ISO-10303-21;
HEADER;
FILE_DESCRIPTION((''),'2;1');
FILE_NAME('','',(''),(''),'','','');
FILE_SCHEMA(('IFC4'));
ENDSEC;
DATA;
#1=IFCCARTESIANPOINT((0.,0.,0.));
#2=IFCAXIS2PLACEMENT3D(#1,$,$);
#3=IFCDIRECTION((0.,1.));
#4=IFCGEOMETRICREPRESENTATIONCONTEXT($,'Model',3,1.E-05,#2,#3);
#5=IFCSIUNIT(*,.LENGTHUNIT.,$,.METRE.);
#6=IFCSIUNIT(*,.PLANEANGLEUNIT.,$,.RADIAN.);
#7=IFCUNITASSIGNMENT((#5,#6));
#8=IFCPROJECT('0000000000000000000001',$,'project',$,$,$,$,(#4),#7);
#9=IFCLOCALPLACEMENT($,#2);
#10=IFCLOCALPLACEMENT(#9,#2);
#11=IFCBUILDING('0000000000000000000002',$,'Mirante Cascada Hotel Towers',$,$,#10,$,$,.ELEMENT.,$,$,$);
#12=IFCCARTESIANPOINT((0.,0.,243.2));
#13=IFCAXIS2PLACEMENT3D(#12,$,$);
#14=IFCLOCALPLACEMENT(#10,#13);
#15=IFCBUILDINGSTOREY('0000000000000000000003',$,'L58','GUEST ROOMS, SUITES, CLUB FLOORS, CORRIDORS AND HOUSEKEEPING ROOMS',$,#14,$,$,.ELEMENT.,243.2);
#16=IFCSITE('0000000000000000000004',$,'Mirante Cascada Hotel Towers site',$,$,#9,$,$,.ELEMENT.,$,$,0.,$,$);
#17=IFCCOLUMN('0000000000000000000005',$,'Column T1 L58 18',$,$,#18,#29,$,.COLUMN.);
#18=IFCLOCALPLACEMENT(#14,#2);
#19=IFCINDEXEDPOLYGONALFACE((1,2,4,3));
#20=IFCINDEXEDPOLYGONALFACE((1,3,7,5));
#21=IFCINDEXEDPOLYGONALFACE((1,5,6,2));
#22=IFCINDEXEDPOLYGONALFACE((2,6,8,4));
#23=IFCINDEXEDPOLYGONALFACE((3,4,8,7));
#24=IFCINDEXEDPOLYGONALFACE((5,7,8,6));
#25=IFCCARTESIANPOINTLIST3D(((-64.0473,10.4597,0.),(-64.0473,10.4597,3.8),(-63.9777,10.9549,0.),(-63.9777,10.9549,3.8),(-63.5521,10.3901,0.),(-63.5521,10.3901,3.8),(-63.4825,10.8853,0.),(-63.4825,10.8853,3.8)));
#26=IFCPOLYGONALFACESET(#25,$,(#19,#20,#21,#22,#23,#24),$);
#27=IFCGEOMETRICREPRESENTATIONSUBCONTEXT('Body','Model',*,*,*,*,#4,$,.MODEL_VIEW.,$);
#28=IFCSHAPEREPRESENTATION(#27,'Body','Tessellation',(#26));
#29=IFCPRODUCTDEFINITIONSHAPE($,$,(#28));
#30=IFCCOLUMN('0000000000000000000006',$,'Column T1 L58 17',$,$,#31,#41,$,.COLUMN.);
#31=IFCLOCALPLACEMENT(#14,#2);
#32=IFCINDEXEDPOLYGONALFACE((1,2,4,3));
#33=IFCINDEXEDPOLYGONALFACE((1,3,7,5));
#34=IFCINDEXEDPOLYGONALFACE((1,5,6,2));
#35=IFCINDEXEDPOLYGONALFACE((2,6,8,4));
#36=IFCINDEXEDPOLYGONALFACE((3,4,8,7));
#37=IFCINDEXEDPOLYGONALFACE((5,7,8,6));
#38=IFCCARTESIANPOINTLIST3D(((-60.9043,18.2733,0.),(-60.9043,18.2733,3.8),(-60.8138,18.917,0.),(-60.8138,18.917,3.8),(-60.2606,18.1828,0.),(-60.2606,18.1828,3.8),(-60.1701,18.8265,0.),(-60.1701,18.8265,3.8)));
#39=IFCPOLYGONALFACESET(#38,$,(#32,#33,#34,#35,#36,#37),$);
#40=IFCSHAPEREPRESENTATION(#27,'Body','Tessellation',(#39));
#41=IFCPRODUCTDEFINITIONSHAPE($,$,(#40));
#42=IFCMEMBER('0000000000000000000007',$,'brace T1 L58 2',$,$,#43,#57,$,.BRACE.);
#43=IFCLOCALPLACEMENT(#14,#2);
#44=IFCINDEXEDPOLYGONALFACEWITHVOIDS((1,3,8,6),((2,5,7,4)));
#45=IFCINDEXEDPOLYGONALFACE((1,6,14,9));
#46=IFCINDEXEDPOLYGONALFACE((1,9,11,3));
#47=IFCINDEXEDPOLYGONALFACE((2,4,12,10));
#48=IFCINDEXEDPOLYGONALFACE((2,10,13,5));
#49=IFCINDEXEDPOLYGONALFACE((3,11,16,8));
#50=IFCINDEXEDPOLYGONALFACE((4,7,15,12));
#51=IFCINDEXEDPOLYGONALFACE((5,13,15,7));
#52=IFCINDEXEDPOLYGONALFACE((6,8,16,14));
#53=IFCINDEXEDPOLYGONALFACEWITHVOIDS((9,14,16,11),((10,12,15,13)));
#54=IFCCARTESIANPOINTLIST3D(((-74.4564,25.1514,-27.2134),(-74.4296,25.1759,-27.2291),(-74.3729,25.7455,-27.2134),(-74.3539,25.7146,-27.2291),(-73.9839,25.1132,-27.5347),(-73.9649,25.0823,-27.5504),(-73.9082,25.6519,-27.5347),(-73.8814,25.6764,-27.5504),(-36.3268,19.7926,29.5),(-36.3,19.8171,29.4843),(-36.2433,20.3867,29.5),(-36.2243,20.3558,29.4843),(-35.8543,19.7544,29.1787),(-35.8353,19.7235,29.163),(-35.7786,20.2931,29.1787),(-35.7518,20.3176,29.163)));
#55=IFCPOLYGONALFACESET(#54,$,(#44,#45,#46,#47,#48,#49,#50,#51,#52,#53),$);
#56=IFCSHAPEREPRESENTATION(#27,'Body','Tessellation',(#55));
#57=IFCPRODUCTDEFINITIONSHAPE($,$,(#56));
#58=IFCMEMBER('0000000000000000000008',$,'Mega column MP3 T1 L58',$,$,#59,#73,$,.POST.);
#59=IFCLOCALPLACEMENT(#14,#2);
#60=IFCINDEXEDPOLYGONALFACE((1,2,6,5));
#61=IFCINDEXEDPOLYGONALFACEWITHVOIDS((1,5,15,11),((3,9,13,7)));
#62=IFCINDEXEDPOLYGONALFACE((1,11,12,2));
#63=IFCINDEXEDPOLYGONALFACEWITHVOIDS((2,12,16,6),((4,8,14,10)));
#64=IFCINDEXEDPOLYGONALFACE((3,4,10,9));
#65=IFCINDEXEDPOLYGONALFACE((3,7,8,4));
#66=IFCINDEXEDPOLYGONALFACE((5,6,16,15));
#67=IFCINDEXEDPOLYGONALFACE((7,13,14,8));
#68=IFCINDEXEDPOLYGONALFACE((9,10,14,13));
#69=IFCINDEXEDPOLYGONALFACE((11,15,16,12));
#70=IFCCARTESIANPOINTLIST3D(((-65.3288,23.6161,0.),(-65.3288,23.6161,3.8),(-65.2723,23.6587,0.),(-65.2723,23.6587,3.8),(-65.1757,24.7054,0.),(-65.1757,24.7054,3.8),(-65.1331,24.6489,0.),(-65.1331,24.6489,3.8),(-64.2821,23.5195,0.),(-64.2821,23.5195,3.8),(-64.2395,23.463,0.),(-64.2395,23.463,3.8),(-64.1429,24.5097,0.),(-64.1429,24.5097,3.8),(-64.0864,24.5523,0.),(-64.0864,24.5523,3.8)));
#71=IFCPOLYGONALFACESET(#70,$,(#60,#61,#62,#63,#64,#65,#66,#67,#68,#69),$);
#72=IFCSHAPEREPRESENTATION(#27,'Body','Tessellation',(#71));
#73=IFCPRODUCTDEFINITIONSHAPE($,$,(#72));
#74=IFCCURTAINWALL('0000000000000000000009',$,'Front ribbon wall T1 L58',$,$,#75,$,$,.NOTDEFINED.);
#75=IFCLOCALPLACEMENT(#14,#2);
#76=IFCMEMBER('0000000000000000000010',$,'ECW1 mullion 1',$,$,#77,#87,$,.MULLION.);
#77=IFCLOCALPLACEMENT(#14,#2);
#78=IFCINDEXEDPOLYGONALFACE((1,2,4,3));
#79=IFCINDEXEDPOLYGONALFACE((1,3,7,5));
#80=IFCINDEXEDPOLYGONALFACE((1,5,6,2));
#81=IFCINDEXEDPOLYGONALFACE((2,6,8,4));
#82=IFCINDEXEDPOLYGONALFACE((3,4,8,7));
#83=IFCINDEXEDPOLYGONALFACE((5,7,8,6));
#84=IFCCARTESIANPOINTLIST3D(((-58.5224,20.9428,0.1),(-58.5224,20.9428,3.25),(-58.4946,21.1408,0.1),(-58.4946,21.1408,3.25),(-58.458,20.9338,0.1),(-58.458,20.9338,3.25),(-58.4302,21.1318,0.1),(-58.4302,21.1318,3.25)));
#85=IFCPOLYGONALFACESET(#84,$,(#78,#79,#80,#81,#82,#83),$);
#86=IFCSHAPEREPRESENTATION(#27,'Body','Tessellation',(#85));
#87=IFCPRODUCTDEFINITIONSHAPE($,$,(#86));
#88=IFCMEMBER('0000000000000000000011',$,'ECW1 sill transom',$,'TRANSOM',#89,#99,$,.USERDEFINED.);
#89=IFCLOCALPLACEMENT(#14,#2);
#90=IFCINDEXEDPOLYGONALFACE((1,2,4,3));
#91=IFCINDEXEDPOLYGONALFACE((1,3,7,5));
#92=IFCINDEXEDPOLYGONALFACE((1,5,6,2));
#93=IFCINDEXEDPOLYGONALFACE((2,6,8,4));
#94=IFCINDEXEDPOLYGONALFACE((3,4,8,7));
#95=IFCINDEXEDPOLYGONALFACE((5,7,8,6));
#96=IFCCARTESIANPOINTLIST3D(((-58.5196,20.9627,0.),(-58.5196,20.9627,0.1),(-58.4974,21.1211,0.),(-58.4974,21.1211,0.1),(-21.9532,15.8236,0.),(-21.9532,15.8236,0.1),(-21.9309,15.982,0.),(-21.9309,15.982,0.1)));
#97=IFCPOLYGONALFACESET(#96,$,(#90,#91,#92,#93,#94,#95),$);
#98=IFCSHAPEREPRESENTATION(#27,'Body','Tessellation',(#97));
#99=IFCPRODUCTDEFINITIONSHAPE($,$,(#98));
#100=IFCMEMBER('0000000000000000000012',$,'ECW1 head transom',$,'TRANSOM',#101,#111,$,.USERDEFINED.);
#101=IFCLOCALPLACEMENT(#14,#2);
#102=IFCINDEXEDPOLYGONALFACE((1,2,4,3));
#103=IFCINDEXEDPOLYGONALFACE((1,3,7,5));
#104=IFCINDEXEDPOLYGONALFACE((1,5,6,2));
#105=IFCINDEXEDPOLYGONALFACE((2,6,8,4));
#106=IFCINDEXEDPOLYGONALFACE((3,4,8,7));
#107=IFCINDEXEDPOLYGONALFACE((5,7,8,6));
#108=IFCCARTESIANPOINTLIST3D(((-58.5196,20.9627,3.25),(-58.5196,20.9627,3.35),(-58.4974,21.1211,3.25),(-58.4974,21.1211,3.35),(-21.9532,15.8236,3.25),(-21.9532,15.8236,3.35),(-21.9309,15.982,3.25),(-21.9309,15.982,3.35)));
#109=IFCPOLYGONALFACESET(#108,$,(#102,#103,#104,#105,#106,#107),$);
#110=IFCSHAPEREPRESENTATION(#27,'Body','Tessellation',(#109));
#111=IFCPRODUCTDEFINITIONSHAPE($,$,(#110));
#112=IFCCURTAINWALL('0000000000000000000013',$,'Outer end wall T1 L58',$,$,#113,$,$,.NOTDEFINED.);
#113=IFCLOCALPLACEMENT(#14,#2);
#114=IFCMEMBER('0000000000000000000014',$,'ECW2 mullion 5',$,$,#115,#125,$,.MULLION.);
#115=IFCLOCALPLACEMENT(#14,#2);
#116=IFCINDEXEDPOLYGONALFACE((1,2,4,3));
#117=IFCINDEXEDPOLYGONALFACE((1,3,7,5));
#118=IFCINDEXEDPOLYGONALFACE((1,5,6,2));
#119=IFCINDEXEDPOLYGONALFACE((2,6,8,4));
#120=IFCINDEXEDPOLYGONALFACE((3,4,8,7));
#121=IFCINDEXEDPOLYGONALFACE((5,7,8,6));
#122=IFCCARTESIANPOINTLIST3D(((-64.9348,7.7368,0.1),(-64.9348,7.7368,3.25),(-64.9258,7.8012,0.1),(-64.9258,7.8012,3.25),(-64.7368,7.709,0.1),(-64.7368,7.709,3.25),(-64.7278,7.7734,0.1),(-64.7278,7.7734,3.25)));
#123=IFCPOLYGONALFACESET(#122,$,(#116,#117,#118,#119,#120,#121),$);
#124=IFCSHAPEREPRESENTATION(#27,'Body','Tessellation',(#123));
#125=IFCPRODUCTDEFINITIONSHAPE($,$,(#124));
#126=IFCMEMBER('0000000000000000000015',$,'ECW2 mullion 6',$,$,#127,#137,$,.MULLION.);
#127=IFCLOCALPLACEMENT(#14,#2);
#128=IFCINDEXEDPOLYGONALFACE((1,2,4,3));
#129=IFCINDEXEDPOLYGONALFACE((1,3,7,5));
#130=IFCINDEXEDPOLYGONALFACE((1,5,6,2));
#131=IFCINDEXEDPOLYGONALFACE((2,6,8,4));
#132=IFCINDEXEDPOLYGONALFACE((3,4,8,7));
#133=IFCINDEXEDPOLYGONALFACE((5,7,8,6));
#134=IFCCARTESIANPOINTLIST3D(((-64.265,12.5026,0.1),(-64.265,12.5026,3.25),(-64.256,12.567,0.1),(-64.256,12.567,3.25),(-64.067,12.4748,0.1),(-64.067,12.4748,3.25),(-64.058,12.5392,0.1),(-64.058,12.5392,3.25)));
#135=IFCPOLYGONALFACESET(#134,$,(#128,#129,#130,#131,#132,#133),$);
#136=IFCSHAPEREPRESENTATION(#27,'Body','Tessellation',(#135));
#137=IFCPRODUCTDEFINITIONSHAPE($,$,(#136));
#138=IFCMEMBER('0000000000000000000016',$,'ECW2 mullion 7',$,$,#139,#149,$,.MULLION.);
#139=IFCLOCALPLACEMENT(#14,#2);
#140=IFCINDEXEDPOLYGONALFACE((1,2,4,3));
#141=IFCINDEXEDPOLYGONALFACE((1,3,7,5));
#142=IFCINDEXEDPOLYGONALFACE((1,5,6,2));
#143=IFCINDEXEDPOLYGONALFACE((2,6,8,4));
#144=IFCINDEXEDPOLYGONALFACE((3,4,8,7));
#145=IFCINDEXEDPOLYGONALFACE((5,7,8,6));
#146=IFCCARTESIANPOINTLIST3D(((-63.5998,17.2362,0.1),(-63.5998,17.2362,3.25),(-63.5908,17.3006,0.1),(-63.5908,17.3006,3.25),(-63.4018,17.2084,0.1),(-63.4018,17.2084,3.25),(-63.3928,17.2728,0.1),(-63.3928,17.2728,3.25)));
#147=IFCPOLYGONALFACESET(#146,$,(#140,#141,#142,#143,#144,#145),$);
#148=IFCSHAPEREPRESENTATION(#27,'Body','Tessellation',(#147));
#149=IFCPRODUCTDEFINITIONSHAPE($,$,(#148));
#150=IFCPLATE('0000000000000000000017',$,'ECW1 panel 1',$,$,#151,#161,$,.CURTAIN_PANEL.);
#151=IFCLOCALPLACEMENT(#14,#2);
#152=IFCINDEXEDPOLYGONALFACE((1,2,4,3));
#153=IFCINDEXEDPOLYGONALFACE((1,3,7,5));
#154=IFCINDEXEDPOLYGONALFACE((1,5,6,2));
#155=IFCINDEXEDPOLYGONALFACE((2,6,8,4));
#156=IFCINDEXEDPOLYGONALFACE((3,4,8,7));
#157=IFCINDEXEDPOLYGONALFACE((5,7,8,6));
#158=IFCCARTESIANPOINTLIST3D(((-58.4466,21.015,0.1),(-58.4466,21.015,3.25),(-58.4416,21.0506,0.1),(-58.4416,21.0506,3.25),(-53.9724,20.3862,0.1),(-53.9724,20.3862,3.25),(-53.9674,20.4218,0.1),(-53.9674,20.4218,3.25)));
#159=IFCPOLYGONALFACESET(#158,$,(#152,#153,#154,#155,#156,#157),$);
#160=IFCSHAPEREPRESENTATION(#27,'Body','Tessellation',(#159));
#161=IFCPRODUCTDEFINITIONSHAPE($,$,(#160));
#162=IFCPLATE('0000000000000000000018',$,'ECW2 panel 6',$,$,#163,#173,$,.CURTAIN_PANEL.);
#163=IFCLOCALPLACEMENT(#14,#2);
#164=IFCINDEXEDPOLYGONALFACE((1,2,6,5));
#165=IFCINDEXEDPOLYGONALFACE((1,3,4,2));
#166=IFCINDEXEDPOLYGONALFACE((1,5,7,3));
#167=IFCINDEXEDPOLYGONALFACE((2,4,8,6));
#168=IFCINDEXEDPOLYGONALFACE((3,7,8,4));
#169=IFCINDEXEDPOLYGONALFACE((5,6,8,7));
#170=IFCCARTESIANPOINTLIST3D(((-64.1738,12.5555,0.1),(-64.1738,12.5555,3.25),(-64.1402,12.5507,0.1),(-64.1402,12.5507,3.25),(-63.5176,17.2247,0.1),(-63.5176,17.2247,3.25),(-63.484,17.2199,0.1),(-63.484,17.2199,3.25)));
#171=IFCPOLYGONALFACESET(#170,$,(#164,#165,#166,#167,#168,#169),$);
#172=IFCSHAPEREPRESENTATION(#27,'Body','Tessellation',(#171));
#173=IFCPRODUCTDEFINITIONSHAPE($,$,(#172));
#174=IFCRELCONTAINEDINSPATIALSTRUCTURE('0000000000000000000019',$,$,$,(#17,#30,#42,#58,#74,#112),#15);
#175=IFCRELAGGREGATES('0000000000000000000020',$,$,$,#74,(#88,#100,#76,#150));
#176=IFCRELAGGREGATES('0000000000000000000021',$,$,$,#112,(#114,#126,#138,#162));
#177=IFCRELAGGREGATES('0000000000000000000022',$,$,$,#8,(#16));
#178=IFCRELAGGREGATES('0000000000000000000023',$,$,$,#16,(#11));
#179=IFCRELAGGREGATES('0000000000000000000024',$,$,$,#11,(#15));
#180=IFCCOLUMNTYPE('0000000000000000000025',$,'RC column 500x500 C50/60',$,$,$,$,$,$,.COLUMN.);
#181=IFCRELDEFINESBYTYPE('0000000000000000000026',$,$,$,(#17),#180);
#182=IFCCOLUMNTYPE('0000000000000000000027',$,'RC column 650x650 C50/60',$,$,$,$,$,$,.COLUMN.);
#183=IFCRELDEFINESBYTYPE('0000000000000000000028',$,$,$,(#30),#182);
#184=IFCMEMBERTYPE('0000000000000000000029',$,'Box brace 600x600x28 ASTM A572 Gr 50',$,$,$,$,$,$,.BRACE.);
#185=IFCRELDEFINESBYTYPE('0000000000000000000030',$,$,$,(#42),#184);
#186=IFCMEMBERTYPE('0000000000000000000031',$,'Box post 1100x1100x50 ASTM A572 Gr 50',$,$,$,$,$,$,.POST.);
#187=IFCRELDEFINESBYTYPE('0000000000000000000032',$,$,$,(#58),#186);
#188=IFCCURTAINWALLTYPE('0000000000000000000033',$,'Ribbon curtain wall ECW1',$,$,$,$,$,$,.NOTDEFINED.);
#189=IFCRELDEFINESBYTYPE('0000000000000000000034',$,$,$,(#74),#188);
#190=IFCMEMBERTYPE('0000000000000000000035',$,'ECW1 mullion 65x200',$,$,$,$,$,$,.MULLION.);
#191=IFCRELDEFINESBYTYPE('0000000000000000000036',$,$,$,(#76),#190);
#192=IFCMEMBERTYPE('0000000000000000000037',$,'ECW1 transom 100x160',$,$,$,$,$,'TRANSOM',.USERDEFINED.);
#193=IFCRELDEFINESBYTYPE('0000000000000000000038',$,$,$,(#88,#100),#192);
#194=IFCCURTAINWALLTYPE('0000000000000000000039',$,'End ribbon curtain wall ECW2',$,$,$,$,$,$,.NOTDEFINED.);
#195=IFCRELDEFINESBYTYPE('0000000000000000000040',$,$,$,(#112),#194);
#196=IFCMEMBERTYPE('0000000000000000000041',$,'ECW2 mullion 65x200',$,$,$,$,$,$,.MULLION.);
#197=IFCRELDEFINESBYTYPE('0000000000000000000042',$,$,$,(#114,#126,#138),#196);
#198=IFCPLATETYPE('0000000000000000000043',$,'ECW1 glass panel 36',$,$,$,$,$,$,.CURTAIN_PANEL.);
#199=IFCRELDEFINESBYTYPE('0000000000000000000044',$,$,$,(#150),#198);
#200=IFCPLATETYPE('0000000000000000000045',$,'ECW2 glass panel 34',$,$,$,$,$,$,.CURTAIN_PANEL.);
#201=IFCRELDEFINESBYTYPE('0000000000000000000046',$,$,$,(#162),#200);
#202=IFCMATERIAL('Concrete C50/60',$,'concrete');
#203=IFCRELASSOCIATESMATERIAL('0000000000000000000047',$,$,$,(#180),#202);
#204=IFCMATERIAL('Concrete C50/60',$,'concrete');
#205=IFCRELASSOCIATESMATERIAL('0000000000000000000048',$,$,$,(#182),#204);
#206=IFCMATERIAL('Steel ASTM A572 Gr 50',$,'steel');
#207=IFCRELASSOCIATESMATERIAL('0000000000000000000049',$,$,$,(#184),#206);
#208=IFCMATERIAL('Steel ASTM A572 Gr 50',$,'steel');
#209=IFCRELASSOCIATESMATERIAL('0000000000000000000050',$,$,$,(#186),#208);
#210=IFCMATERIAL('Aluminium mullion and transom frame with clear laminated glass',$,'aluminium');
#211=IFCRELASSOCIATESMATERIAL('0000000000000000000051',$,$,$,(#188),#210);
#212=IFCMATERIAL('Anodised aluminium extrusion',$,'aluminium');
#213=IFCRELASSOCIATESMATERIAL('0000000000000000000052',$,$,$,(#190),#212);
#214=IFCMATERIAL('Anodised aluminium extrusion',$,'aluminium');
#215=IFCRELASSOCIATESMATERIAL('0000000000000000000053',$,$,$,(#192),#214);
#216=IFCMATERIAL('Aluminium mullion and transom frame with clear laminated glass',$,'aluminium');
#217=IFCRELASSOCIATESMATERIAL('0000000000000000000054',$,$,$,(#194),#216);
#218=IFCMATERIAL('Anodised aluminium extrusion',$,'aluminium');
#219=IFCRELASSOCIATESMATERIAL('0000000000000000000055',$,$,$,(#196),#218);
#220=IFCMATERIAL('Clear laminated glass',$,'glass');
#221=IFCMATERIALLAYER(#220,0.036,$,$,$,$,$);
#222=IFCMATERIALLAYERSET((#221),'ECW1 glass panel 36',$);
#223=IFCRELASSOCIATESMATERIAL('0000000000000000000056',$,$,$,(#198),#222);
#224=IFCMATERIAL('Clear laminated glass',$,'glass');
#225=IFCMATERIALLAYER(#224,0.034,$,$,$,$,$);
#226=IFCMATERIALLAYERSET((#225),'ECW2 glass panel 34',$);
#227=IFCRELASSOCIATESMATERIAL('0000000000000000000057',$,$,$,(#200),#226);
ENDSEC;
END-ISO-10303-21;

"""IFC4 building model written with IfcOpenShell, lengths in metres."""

from ifc_helpers import new_model, si_unit, direction, frame, origin, origin_2d, place, context, subcontext, project, spatial, rectangle, hollow_rectangle, extrude, material, layer, layer_set, material_profile, profile_set, type_object, element, aggregate, save


model = new_model("IFC4")

# Units and contexts
model_context = context("Model", 3, precision=1e-05, world=origin(), true_north=direction((0.0, 1.0)))
body_context = subcontext(model_context, "Body", "Model", "MODEL_VIEW")
ifc_project = project(units=[si_unit("LENGTHUNIT", "METRE"), si_unit("PLANEANGLEUNIT", "RADIAN")], contexts=[model_context])

# Site, building, storey
site_placement = place(None, origin())
site = spatial("IfcSite", under=ifc_project, at=site_placement, Name="Mirante Cascada Hotel Towers site", CompositionType="ELEMENT", RefElevation=0.0)
building_placement = place(site_placement, origin())
building = spatial("IfcBuilding", under=site, at=building_placement, Name="Mirante Cascada Hotel Towers", CompositionType="ELEMENT")
storey_placement = place(building_placement, frame((0.0, 0.0, 243.2)))
storey = spatial("IfcBuildingStorey", under=building, at=storey_placement, Name="L58", Description="GUEST ROOMS, SUITES, CLUB FLOORS, CORRIDORS AND HOUSEKEEPING ROOMS", CompositionType="ELEMENT", Elevation=243.2)

# Columns
ifc_material_1 = material(Name="Concrete C50/60", Category="concrete")
ifc_material_profile_1 = material_profile(ifc_material_1, rectangle(XDim=0.5, YDim=0.5, at=origin_2d()), Name="RC column 500x500 C50/60")
ifc_profile_set_1 = profile_set([ifc_material_profile_1], Name="Concrete C50/60")
column_type_1 = type_object("IfcColumnType", Name="RC column 500x500 C50/60", PredefinedType="COLUMN", material=ifc_profile_set_1)
column_1_placement = place(storey_placement, frame((-63.7649, 10.6725, 0.0), z_axis=(0.0, 0.0, 1.0), x_axis=(-0.990268, 0.139173, 0.0)))
element("IfcColumn", 1, at=column_1_placement, inside=storey, type_object=column_type_1, Name="Column T1 L58 18", PredefinedType="COLUMN", context=body_context, shape_type="SweptSolid", body=[
    extrude(rectangle(XDim=0.5, YDim=0.5, at=origin_2d()), origin(), (0.0, 0.0, 1.0), 3.8),
])
ifc_material_2 = material(Name="Concrete C50/60", Category="concrete")
ifc_material_profile_2 = material_profile(ifc_material_2, rectangle(XDim=0.65, YDim=0.65, at=origin_2d()), Name="RC column 650x650 C50/60")
ifc_profile_set_2 = profile_set([ifc_material_profile_2], Name="Concrete C50/60")
column_type_2 = type_object("IfcColumnType", Name="RC column 650x650 C50/60", PredefinedType="COLUMN", material=ifc_profile_set_2)
column_2_placement = place(storey_placement, frame((-60.5372, 18.5499, 0.0), z_axis=(0.0, 0.0, 1.0), x_axis=(-0.990268, 0.139173, 0.0)))
element("IfcColumn", 2, at=column_2_placement, inside=storey, type_object=column_type_2, Name="Column T1 L58 17", PredefinedType="COLUMN", context=body_context, shape_type="SweptSolid", body=[
    extrude(rectangle(XDim=0.65, YDim=0.65, at=origin_2d()), origin(), (0.0, 0.0, 1.0), 3.8),
])

# Members
ifc_material_3 = material(Name="Steel ASTM A572 Gr 50", Category="steel")
ifc_material_profile_3 = material_profile(ifc_material_3, hollow_rectangle(XDim=0.6, YDim=0.6, WallThickness=0.028, at=origin_2d()), Name="Box brace 600x600x28 ASTM A572 Gr 50")
ifc_profile_set_3 = profile_set([ifc_material_profile_3], Name="Steel ASTM A572 Gr 50")
member_type_1 = type_object("IfcMemberType", Name="Box brace 600x600x28 ASTM A572 Gr 50", PredefinedType="BRACE", material=ifc_profile_set_3)
member_1_placement = place(storey_placement, frame((-74.1689, 25.4139, -27.3819), z_axis=(0.556237, -0.078174, 0.827339), x_axis=(0.139174, 0.990268, 0.0)))
element("IfcMember", 3, at=member_1_placement, inside=storey, type_object=member_type_1, Name="brace T1 L58 2", PredefinedType="BRACE", context=body_context, shape_type="SweptSolid", body=[
    extrude(hollow_rectangle(XDim=0.6, YDim=0.6, WallThickness=0.028, at=origin_2d()), origin(), (0.0, 0.0, 1.0), 68.5492),
])
ifc_material_4 = material(Name="Steel ASTM A572 Gr 50", Category="steel")
ifc_material_profile_4 = material_profile(ifc_material_4, hollow_rectangle(XDim=1.1, YDim=1.1, WallThickness=0.05, at=origin_2d()), Name="Box post 1100x1100x50 ASTM A572 Gr 50")
ifc_profile_set_4 = profile_set([ifc_material_profile_4], Name="Steel ASTM A572 Gr 50")
member_type_2 = type_object("IfcMemberType", Name="Box post 1100x1100x50 ASTM A572 Gr 50", PredefinedType="POST", material=ifc_profile_set_4)
member_2_placement = place(storey_placement, frame((-64.7076, 24.0842, 0.0), z_axis=(0.0, 0.0, 1.0), x_axis=(-0.990268, 0.139173, 0.0)))
element("IfcMember", 4, at=member_2_placement, inside=storey, type_object=member_type_2, Name="Mega column MP3 T1 L58", PredefinedType="POST", context=body_context, shape_type="SweptSolid", body=[
    extrude(hollow_rectangle(XDim=1.1, YDim=1.1, WallThickness=0.05, at=origin_2d()), origin(), (0.0, 0.0, 1.0), 3.8),
])

# Curtain walls, members
ifc_material_5 = material(Name="Aluminium mullion and transom frame with clear laminated glass", Category="aluminium")
curtain_wall_type_1 = type_object("IfcCurtainWallType", Name="Ribbon curtain wall ECW1", PredefinedType="NOTDEFINED", material=ifc_material_5)
curtain_wall_1_placement = place(storey_placement, origin())
curtain_wall_1 = element("IfcCurtainWall", 5, at=curtain_wall_1_placement, inside=storey, type_object=curtain_wall_type_1, Name="Front ribbon wall T1 L58", PredefinedType="NOTDEFINED")
ifc_material_6 = material(Name="Anodised aluminium extrusion", Category="aluminium")
ifc_material_profile_5 = material_profile(ifc_material_6, rectangle(XDim=0.2, YDim=0.065, at=origin_2d()), Name="ECW1 MULLION 65x200")
ifc_profile_set_5 = profile_set([ifc_material_profile_5], Name="Anodised aluminium extrusion")
member_type_3 = type_object("IfcMemberType", Name="ECW1 mullion 65x200", PredefinedType="MULLION", material=ifc_profile_set_5)
member_3_placement = place(storey_placement, frame((-58.4763, 21.0373, 0.1), z_axis=(0.0, 0.0, 1.0), x_axis=(0.139173, 0.990268, 0.0)))
member_3 = element("IfcMember", 6, at=member_3_placement, type_object=member_type_3, Name="ECW1 mullion 1", PredefinedType="MULLION", context=body_context, shape_type="SweptSolid", body=[
    extrude(rectangle(XDim=0.2, YDim=0.065, at=origin_2d()), origin(), (0.0, 0.0, 1.0), 3.15),
])
ifc_material_7 = material(Name="Anodised aluminium extrusion", Category="aluminium")
ifc_material_profile_6 = material_profile(ifc_material_7, rectangle(XDim=0.16, YDim=0.1, at=origin_2d()), Name="ECW1 TRANSOM 100x160")
ifc_profile_set_6 = profile_set([ifc_material_profile_6], Name="Anodised aluminium extrusion")
member_type_4 = type_object("IfcMemberType", Name="ECW1 transom 100x160", ElementType="TRANSOM", PredefinedType="USERDEFINED", material=ifc_profile_set_6)
member_4_placement = place(storey_placement, frame((-58.5085, 21.0419, 0.05), z_axis=(0.990268, -0.139174, 0.0), x_axis=(0.139174, 0.990268, 0.0)))
member_4 = element("IfcMember", 7, at=member_4_placement, type_object=member_type_4, Name="ECW1 sill transom", ObjectType="TRANSOM", PredefinedType="USERDEFINED", context=body_context, shape_type="SweptSolid", body=[
    extrude(rectangle(XDim=0.16, YDim=0.1, at=origin_2d()), origin(), (0.0, 0.0, 1.0), 36.9258),
])
member_5_placement = place(storey_placement, frame((-58.5085, 21.0419, 3.3), z_axis=(0.990268, -0.139174, 0.0), x_axis=(0.139174, 0.990268, 0.0)))
member_5 = element("IfcMember", 8, at=member_5_placement, type_object=member_type_4, Name="ECW1 head transom", ObjectType="TRANSOM", PredefinedType="USERDEFINED", context=body_context, shape_type="SweptSolid", body=[
    extrude(rectangle(XDim=0.16, YDim=0.1, at=origin_2d()), origin(), (0.0, 0.0, 1.0), 36.9258),
])
ifc_material_8 = material(Name="Aluminium mullion and transom frame with clear laminated glass", Category="aluminium")
curtain_wall_type_2 = type_object("IfcCurtainWallType", Name="End ribbon curtain wall ECW2", PredefinedType="NOTDEFINED", material=ifc_material_8)
curtain_wall_2_placement = place(storey_placement, origin())
curtain_wall_2 = element("IfcCurtainWall", 9, at=curtain_wall_2_placement, inside=storey, type_object=curtain_wall_type_2, Name="Outer end wall T1 L58", PredefinedType="NOTDEFINED")
ifc_material_9 = material(Name="Anodised aluminium extrusion", Category="aluminium")
ifc_material_profile_7 = material_profile(ifc_material_9, rectangle(XDim=0.2, YDim=0.065, at=origin_2d()), Name="ECW2 MULLION 65x200")
ifc_profile_set_7 = profile_set([ifc_material_profile_7], Name="Anodised aluminium extrusion")
member_type_5 = type_object("IfcMemberType", Name="ECW2 mullion 65x200", PredefinedType="MULLION", material=ifc_profile_set_7)
member_6_placement = place(storey_placement, frame((-64.8313, 7.7551, 0.1), z_axis=(0.0, 0.0, 1.0), x_axis=(-0.990268, 0.139173, 0.0)))
member_6 = element("IfcMember", 10, at=member_6_placement, type_object=member_type_5, Name="ECW2 mullion 5", PredefinedType="MULLION", context=body_context, shape_type="SweptSolid", body=[
    extrude(rectangle(XDim=0.2, YDim=0.065, at=origin_2d()), origin(), (0.0, 0.0, 1.0), 3.15),
])
member_7_placement = place(storey_placement, frame((-64.1615, 12.5209, 0.1), z_axis=(0.0, 0.0, 1.0), x_axis=(-0.990268, 0.139173, 0.0)))
member_7 = element("IfcMember", 11, at=member_7_placement, type_object=member_type_5, Name="ECW2 mullion 6", PredefinedType="MULLION", context=body_context, shape_type="SweptSolid", body=[
    extrude(rectangle(XDim=0.2, YDim=0.065, at=origin_2d()), origin(), (0.0, 0.0, 1.0), 3.15),
])
member_8_placement = place(storey_placement, frame((-63.4963, 17.2545, 0.1), z_axis=(0.0, 0.0, 1.0), x_axis=(-0.990268, 0.139173, 0.0)))
member_8 = element("IfcMember", 12, at=member_8_placement, type_object=member_type_5, Name="ECW2 mullion 7", PredefinedType="MULLION", context=body_context, shape_type="SweptSolid", body=[
    extrude(rectangle(XDim=0.2, YDim=0.065, at=origin_2d()), origin(), (0.0, 0.0, 1.0), 3.15),
])

# Plates
ifc_material_10 = material(Name="Clear laminated glass", Category="glass")
ifc_layer_1 = layer(ifc_material_10, 0.036)
ifc_layer_set_1 = layer_set([ifc_layer_1], Name="ECW1 glass panel 36")
plate_type_1 = type_object("IfcPlateType", Name="ECW1 glass panel 36", PredefinedType="CURTAIN_PANEL", material=ifc_layer_set_1)
plate_1_placement = place(storey_placement, frame((-56.207, 20.7184, 0.1), z_axis=(0.0, 0.0, 1.0), x_axis=(0.990268, -0.139173, 0.0)))
plate_1 = element("IfcPlate", 13, at=plate_1_placement, type_object=plate_type_1, Name="ECW1 panel 1", PredefinedType="CURTAIN_PANEL", context=body_context, shape_type="SweptSolid", body=[
    extrude(rectangle(XDim=4.5182, YDim=0.036, at=origin_2d()), origin(), (0.0, 0.0, 1.0), 3.15),
])
aggregate(curtain_wall_1, [member_4, member_5, member_3, plate_1])
ifc_material_11 = material(Name="Clear laminated glass", Category="glass")
ifc_layer_2 = layer(ifc_material_11, 0.034)
ifc_layer_set_2 = layer_set([ifc_layer_2], Name="ECW2 glass panel 34")
plate_type_2 = type_object("IfcPlateType", Name="ECW2 glass panel 34", PredefinedType="CURTAIN_PANEL", material=ifc_layer_set_2)
plate_2_placement = place(storey_placement, frame((-63.8289, 14.8877, 0.1), z_axis=(0.0, 0.0, 1.0), x_axis=(0.139173, 0.990268, 0.0)))
plate_2 = element("IfcPlate", 14, at=plate_2_placement, type_object=plate_type_2, Name="ECW2 panel 6", PredefinedType="CURTAIN_PANEL", context=body_context, shape_type="SweptSolid", body=[
    extrude(rectangle(XDim=4.7151, YDim=0.034, at=origin_2d()), origin(), (0.0, 0.0, 1.0), 3.15),
])
aggregate(curtain_wall_2, [member_6, member_7, member_8, plate_2])

save(model, "model.ifc")
